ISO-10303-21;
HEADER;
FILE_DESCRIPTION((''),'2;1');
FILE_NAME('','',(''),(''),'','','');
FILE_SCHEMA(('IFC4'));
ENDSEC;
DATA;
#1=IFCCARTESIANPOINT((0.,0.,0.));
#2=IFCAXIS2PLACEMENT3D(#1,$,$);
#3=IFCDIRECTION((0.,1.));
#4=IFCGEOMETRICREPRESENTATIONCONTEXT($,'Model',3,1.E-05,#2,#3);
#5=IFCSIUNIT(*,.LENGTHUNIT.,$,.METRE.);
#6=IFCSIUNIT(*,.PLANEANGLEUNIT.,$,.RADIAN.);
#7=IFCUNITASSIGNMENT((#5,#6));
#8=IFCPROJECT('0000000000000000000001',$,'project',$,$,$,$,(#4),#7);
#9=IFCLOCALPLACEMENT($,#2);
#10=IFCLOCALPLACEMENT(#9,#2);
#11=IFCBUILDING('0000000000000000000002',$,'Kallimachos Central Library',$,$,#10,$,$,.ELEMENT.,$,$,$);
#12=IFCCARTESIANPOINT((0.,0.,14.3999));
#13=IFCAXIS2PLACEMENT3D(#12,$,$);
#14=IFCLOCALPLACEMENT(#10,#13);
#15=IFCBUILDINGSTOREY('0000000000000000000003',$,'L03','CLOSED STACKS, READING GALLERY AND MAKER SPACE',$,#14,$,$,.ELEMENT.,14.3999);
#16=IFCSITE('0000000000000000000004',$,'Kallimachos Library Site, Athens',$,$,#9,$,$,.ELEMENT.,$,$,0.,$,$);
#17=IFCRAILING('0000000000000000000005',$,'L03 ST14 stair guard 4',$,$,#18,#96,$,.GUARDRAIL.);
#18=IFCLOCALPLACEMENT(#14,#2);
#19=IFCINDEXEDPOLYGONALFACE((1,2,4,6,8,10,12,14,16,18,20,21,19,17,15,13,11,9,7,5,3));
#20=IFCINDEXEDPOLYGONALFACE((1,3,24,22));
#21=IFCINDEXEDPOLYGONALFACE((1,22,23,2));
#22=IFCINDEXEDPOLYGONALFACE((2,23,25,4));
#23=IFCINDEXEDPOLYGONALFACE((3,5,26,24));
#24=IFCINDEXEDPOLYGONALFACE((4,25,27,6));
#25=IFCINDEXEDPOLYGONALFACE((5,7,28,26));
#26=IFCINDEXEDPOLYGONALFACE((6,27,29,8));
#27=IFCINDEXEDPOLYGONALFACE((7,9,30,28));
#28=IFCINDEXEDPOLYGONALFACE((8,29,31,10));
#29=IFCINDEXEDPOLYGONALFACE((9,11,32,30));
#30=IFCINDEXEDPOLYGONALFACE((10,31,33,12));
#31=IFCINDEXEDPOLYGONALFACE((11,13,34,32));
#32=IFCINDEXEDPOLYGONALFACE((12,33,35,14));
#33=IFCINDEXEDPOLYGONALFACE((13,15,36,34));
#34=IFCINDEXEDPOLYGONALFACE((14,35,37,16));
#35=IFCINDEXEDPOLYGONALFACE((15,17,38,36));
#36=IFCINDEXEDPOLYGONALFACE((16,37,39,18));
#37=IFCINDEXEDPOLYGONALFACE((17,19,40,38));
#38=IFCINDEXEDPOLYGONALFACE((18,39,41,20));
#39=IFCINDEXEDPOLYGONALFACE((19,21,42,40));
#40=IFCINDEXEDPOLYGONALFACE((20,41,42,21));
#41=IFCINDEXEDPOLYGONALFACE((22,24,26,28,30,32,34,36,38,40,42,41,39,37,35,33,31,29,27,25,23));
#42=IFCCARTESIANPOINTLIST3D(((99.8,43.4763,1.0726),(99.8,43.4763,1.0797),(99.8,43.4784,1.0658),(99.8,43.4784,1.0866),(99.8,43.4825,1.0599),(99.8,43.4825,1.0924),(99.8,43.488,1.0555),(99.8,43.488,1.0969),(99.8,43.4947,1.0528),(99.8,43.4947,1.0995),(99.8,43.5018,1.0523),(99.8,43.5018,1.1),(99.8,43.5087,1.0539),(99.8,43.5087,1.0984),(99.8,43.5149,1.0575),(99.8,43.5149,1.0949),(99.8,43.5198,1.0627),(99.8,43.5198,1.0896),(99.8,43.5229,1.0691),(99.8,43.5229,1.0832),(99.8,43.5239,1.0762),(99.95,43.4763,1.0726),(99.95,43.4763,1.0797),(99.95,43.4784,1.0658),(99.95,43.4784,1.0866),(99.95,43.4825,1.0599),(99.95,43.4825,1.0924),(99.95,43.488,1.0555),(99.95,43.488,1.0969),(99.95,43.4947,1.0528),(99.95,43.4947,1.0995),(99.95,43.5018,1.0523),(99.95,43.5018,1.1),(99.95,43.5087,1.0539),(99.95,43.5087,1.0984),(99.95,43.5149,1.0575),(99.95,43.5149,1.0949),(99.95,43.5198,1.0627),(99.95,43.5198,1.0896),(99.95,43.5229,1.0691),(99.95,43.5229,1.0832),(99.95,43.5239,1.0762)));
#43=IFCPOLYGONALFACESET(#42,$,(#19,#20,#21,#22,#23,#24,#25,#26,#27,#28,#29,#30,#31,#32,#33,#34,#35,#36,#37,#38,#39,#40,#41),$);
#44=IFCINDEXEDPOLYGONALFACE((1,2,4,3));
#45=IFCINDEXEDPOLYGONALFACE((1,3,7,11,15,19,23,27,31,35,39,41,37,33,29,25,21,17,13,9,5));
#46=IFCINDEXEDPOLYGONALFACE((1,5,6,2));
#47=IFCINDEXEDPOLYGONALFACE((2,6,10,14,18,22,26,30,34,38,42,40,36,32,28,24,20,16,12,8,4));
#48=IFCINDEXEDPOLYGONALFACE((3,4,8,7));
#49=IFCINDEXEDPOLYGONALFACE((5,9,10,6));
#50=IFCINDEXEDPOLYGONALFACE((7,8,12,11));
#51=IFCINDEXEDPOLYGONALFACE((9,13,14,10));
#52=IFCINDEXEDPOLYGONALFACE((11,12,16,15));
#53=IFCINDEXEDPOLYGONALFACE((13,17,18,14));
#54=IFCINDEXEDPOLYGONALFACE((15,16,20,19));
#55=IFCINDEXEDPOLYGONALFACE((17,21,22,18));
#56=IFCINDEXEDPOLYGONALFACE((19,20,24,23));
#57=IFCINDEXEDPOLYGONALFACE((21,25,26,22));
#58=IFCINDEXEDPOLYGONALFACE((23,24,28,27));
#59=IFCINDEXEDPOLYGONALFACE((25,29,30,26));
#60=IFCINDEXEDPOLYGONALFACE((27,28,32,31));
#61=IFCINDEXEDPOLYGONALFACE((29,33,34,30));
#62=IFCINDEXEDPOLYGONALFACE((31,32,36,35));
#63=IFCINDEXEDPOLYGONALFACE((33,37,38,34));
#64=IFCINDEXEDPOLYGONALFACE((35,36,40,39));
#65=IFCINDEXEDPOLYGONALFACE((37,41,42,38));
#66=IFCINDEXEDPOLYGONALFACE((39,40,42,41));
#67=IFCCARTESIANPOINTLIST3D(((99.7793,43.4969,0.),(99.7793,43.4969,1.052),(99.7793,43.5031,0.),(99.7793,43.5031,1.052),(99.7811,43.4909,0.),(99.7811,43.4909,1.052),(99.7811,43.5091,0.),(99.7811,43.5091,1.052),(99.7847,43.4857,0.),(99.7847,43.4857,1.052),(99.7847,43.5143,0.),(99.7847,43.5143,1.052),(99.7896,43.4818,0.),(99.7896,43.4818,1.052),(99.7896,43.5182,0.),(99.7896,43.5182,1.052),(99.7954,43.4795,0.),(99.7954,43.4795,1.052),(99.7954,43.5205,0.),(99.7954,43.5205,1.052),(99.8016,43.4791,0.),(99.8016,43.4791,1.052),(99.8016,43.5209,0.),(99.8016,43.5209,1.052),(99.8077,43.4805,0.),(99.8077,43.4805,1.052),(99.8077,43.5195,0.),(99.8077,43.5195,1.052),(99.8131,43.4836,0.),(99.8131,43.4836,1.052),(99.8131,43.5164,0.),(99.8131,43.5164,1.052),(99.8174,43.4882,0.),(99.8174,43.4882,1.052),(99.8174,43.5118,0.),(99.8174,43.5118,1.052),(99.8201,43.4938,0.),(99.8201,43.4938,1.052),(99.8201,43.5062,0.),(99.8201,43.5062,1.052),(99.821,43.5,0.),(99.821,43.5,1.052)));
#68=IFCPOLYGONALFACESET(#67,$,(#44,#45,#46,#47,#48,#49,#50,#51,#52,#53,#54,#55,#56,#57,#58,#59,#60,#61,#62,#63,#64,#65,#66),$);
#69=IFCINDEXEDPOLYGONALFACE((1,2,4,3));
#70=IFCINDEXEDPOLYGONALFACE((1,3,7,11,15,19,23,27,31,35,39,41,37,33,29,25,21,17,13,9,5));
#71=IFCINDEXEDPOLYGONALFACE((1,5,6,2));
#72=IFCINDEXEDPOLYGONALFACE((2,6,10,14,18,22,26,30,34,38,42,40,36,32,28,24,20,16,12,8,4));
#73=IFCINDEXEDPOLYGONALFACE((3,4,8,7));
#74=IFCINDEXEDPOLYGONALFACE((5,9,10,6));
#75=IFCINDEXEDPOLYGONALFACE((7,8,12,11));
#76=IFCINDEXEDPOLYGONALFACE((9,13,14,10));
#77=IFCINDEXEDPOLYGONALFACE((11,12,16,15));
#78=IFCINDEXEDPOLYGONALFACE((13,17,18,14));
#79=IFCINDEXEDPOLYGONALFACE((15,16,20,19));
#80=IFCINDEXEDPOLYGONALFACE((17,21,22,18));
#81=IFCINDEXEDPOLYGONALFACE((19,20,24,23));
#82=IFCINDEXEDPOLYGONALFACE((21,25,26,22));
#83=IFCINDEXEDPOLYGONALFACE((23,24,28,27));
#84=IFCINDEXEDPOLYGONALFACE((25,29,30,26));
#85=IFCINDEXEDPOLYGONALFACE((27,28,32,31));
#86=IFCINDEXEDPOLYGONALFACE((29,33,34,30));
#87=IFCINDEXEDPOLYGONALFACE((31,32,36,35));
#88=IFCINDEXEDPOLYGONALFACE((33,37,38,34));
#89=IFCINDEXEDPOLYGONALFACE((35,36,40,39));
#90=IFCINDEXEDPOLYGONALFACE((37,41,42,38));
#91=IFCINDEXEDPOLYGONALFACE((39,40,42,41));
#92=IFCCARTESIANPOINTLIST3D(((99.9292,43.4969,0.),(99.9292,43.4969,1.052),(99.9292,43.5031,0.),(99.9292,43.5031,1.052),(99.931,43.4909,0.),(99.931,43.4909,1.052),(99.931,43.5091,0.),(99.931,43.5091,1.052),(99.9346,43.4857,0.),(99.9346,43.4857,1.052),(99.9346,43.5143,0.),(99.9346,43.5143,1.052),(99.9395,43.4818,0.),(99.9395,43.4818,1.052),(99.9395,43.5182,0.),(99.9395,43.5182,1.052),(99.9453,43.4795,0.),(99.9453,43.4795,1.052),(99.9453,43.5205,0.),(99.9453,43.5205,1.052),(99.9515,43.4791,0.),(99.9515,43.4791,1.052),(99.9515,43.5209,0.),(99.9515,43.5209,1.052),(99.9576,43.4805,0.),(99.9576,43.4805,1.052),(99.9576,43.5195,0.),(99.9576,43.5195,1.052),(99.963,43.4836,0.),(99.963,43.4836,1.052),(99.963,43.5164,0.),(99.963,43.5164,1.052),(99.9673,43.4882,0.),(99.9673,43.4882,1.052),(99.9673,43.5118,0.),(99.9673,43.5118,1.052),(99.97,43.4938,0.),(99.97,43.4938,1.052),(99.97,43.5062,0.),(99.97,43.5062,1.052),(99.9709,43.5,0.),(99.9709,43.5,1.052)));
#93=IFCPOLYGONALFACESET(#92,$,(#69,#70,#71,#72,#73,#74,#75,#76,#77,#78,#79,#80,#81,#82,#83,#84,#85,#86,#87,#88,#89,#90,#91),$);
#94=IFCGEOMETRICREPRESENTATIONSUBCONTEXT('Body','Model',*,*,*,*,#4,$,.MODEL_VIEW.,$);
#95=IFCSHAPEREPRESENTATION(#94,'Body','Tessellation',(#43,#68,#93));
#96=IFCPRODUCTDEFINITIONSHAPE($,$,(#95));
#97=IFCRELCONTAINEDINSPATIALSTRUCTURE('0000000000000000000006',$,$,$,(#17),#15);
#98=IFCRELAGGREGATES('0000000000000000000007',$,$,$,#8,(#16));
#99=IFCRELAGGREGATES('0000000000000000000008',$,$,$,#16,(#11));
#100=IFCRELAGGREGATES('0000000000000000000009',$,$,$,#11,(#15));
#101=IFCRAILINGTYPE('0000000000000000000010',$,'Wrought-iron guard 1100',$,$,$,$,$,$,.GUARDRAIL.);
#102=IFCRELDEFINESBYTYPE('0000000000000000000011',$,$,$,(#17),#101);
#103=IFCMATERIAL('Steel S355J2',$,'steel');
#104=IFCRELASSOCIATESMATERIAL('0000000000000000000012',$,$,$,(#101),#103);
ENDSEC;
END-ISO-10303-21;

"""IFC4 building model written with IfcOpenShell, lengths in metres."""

from ifc_helpers import new_model, si_unit, direction, frame, origin, origin_2d, place, context, subcontext, project, spatial, circle, extrude, material, type_object, element, save


model = new_model("IFC4")

# Units and contexts
model_context = context("Model", 3, precision=1e-05, world=origin(), true_north=direction((0.0, 1.0)))
body_context = subcontext(model_context, "Body", "Model", "MODEL_VIEW")
ifc_project = project(units=[si_unit("LENGTHUNIT", "METRE"), si_unit("PLANEANGLEUNIT", "RADIAN")], contexts=[model_context])

# Site, building, storey
site_placement = place(None, origin())
site = spatial("IfcSite", under=ifc_project, at=site_placement, Name="Kallimachos Library Site, Athens", CompositionType="ELEMENT", RefElevation=0.0)
building_placement = place(site_placement, origin())
building = spatial("IfcBuilding", under=site, at=building_placement, Name="Kallimachos Central Library", CompositionType="ELEMENT")
storey_placement = place(building_placement, frame((0.0, 0.0, 14.3999)))
storey = spatial("IfcBuildingStorey", under=building, at=storey_placement, Name="L03", Description="CLOSED STACKS, READING GALLERY AND MAKER SPACE", CompositionType="ELEMENT", Elevation=14.3999)

# Railing
ifc_material_1 = material(Name="Steel S355J2", Category="steel")
railing_type_1 = type_object("IfcRailingType", Name="Wrought-iron guard 1100", PredefinedType="GUARDRAIL", material=ifc_material_1)
railing_1_placement = place(storey_placement, frame((99.8, 43.5, 0.0)))
element("IfcRailing", 1, at=railing_1_placement, inside=storey, type_object=railing_type_1, Name="L03 ST14 stair guard 4", PredefinedType="GUARDRAIL", context=body_context, shape_type="SweptSolid", body=[
    extrude(circle(Radius=0.0239, at=origin_2d()), frame((0.0, 0.0, 1.0762), z_axis=(1.0, 0.0, 0.0), x_axis=(0.0, 1.0, 0.0)), (0.0, 0.0, 1.0), 0.1499),
    extrude(circle(Radius=0.021, at=origin_2d()), origin(), (0.0, 0.0, 1.0), 1.052),
    extrude(circle(Radius=0.021, at=origin_2d()), frame((0.1499, 0.0, 0.0)), (0.0, 0.0, 1.0), 1.052),
])

save(model, "model.ifc")
